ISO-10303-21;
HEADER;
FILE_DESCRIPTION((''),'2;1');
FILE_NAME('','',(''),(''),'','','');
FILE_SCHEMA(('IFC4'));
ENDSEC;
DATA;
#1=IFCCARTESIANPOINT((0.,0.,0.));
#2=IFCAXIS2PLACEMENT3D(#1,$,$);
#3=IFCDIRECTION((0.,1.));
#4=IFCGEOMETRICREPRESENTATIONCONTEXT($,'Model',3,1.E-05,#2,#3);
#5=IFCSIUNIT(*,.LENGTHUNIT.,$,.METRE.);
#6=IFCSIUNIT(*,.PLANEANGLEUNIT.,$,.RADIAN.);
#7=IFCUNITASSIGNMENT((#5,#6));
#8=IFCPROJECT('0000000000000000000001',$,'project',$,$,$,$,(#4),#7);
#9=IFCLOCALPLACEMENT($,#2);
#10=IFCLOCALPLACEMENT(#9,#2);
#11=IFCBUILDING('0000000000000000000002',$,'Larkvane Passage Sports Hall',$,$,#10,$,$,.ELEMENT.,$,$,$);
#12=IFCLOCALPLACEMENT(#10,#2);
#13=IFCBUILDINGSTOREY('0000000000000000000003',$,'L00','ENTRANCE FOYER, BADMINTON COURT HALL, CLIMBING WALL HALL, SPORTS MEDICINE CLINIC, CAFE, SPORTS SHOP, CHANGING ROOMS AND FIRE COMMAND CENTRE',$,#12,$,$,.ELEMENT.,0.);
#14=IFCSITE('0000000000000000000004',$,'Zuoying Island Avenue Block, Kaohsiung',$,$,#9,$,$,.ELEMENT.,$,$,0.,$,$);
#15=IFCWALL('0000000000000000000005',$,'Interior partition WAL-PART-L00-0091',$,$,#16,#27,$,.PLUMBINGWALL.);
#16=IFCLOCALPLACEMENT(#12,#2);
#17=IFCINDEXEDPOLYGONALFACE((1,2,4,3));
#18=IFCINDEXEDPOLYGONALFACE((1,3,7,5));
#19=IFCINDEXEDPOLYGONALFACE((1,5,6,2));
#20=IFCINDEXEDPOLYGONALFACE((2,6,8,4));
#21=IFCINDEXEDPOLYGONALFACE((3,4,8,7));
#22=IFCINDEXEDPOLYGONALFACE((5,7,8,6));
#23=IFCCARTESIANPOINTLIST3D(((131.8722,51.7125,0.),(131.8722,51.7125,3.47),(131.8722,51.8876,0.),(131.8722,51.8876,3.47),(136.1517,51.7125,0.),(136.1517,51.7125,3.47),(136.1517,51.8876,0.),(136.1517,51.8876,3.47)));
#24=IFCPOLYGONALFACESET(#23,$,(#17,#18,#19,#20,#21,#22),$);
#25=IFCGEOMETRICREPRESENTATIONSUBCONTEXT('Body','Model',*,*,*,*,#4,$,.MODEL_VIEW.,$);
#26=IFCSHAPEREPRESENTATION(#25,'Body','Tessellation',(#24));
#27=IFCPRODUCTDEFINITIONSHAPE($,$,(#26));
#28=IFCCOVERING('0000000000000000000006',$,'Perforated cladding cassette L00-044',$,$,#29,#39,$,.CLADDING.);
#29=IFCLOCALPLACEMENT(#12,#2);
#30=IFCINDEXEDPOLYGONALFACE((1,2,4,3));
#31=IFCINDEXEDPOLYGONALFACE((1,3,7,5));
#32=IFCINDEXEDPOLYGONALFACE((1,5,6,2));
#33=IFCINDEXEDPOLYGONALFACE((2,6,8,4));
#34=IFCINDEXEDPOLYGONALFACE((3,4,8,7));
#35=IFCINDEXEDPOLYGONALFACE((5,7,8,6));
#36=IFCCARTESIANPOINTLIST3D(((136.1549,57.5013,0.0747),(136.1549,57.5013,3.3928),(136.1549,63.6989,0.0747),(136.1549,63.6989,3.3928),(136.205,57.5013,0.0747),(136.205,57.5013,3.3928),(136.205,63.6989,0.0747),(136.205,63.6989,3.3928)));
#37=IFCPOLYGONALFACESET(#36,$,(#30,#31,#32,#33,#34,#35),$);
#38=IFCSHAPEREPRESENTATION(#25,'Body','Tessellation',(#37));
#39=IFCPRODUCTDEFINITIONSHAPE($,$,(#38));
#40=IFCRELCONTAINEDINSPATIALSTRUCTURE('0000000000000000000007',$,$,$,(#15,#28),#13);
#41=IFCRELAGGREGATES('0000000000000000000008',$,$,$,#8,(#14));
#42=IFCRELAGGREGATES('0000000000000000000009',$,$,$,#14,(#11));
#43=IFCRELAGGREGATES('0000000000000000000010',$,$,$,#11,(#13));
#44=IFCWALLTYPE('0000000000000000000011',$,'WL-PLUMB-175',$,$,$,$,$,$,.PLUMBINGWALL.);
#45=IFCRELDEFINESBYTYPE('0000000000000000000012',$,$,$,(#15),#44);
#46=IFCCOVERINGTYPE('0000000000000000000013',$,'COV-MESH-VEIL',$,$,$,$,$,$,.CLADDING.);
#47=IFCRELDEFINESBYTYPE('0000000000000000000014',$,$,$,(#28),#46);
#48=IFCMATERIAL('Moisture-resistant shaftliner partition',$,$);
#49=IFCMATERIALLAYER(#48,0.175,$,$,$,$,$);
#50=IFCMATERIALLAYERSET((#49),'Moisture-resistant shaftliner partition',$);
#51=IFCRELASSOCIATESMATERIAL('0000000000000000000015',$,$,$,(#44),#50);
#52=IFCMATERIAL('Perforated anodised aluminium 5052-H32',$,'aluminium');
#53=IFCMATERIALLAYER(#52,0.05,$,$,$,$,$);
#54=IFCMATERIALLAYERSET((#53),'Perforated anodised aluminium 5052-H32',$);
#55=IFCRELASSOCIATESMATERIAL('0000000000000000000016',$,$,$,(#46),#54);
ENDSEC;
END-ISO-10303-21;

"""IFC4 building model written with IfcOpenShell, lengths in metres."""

from ifc_helpers import new_model, si_unit, direction, frame, frame_2d, origin, origin_2d, place, context, subcontext, project, spatial, rectangle, extrude, material, layer, layer_set, type_object, element, save


model = new_model("IFC4")

# Units and contexts
model_context = context("Model", 3, precision=1e-05, world=origin(), true_north=direction((0.0, 1.0)))
body_context = subcontext(model_context, "Body", "Model", "MODEL_VIEW")
ifc_project = project(units=[si_unit("LENGTHUNIT", "METRE"), si_unit("PLANEANGLEUNIT", "RADIAN")], contexts=[model_context])

# Site, building, storey
site_placement = place(None, origin())
site = spatial("IfcSite", under=ifc_project, at=site_placement, Name="Zuoying Island Avenue Block, Kaohsiung", CompositionType="ELEMENT", RefElevation=0.0)
building_placement = place(site_placement, origin())
building = spatial("IfcBuilding", under=site, at=building_placement, Name="Larkvane Passage Sports Hall", CompositionType="ELEMENT")
storey_placement = place(building_placement, origin())
storey = spatial("IfcBuildingStorey", under=building, at=storey_placement, Name="L00", Description="ENTRANCE FOYER, BADMINTON COURT HALL, CLIMBING WALL HALL, SPORTS MEDICINE CLINIC, CAFE, SPORTS SHOP, CHANGING ROOMS AND FIRE COMMAND CENTRE", CompositionType="ELEMENT", Elevation=0.0)

# Wall
ifc_material_1 = material(Name="Moisture-resistant shaftliner partition")
ifc_layer_1 = layer(ifc_material_1, 0.175)
ifc_layer_set_1 = layer_set([ifc_layer_1], Name="Moisture-resistant shaftliner partition")
wall_type_1 = type_object("IfcWallType", Name="WL-PLUMB-175", PredefinedType="PLUMBINGWALL", material=ifc_layer_set_1)
wall_1_placement = place(storey_placement, frame((136.1516, 51.8, 0.0), z_axis=(0.0, 0.0, 1.0), x_axis=(-1.0, 0.0, 0.0)))
element("IfcWall", 1, at=wall_1_placement, inside=storey, type_object=wall_type_1, Name="Interior partition WAL-PART-L00-0091", PredefinedType="PLUMBINGWALL", context=body_context, shape_type="SweptSolid", body=[
    extrude(rectangle(XDim=4.2795, YDim=0.175, at=frame_2d((2.1396, 0.0))), origin(), (0.0, 0.0, 1.0), 3.47),
])

# Covering
ifc_material_2 = material(Name="Perforated anodised aluminium 5052-H32", Category="aluminium")
ifc_layer_2 = layer(ifc_material_2, 0.05)
ifc_layer_set_2 = layer_set([ifc_layer_2], Name="Perforated anodised aluminium 5052-H32")
covering_type = type_object("IfcCoveringType", Name="COV-MESH-VEIL", PredefinedType="CLADDING", material=ifc_layer_set_2)
covering_placement = place(storey_placement, frame((136.1799, 60.6001, 0.0747), z_axis=(0.0, 0.0, 1.0), x_axis=(0.0, -1.0, 0.0)))
element("IfcCovering", 2, at=covering_placement, inside=storey, type_object=covering_type, Name="Perforated cladding cassette L00-044", PredefinedType="CLADDING", context=body_context, shape_type="SweptSolid", body=[
    extrude(rectangle(XDim=6.1975, YDim=0.05, at=origin_2d()), origin(), (0.0, 0.0, 1.0), 3.3181),
])

save(model, "model.ifc")
